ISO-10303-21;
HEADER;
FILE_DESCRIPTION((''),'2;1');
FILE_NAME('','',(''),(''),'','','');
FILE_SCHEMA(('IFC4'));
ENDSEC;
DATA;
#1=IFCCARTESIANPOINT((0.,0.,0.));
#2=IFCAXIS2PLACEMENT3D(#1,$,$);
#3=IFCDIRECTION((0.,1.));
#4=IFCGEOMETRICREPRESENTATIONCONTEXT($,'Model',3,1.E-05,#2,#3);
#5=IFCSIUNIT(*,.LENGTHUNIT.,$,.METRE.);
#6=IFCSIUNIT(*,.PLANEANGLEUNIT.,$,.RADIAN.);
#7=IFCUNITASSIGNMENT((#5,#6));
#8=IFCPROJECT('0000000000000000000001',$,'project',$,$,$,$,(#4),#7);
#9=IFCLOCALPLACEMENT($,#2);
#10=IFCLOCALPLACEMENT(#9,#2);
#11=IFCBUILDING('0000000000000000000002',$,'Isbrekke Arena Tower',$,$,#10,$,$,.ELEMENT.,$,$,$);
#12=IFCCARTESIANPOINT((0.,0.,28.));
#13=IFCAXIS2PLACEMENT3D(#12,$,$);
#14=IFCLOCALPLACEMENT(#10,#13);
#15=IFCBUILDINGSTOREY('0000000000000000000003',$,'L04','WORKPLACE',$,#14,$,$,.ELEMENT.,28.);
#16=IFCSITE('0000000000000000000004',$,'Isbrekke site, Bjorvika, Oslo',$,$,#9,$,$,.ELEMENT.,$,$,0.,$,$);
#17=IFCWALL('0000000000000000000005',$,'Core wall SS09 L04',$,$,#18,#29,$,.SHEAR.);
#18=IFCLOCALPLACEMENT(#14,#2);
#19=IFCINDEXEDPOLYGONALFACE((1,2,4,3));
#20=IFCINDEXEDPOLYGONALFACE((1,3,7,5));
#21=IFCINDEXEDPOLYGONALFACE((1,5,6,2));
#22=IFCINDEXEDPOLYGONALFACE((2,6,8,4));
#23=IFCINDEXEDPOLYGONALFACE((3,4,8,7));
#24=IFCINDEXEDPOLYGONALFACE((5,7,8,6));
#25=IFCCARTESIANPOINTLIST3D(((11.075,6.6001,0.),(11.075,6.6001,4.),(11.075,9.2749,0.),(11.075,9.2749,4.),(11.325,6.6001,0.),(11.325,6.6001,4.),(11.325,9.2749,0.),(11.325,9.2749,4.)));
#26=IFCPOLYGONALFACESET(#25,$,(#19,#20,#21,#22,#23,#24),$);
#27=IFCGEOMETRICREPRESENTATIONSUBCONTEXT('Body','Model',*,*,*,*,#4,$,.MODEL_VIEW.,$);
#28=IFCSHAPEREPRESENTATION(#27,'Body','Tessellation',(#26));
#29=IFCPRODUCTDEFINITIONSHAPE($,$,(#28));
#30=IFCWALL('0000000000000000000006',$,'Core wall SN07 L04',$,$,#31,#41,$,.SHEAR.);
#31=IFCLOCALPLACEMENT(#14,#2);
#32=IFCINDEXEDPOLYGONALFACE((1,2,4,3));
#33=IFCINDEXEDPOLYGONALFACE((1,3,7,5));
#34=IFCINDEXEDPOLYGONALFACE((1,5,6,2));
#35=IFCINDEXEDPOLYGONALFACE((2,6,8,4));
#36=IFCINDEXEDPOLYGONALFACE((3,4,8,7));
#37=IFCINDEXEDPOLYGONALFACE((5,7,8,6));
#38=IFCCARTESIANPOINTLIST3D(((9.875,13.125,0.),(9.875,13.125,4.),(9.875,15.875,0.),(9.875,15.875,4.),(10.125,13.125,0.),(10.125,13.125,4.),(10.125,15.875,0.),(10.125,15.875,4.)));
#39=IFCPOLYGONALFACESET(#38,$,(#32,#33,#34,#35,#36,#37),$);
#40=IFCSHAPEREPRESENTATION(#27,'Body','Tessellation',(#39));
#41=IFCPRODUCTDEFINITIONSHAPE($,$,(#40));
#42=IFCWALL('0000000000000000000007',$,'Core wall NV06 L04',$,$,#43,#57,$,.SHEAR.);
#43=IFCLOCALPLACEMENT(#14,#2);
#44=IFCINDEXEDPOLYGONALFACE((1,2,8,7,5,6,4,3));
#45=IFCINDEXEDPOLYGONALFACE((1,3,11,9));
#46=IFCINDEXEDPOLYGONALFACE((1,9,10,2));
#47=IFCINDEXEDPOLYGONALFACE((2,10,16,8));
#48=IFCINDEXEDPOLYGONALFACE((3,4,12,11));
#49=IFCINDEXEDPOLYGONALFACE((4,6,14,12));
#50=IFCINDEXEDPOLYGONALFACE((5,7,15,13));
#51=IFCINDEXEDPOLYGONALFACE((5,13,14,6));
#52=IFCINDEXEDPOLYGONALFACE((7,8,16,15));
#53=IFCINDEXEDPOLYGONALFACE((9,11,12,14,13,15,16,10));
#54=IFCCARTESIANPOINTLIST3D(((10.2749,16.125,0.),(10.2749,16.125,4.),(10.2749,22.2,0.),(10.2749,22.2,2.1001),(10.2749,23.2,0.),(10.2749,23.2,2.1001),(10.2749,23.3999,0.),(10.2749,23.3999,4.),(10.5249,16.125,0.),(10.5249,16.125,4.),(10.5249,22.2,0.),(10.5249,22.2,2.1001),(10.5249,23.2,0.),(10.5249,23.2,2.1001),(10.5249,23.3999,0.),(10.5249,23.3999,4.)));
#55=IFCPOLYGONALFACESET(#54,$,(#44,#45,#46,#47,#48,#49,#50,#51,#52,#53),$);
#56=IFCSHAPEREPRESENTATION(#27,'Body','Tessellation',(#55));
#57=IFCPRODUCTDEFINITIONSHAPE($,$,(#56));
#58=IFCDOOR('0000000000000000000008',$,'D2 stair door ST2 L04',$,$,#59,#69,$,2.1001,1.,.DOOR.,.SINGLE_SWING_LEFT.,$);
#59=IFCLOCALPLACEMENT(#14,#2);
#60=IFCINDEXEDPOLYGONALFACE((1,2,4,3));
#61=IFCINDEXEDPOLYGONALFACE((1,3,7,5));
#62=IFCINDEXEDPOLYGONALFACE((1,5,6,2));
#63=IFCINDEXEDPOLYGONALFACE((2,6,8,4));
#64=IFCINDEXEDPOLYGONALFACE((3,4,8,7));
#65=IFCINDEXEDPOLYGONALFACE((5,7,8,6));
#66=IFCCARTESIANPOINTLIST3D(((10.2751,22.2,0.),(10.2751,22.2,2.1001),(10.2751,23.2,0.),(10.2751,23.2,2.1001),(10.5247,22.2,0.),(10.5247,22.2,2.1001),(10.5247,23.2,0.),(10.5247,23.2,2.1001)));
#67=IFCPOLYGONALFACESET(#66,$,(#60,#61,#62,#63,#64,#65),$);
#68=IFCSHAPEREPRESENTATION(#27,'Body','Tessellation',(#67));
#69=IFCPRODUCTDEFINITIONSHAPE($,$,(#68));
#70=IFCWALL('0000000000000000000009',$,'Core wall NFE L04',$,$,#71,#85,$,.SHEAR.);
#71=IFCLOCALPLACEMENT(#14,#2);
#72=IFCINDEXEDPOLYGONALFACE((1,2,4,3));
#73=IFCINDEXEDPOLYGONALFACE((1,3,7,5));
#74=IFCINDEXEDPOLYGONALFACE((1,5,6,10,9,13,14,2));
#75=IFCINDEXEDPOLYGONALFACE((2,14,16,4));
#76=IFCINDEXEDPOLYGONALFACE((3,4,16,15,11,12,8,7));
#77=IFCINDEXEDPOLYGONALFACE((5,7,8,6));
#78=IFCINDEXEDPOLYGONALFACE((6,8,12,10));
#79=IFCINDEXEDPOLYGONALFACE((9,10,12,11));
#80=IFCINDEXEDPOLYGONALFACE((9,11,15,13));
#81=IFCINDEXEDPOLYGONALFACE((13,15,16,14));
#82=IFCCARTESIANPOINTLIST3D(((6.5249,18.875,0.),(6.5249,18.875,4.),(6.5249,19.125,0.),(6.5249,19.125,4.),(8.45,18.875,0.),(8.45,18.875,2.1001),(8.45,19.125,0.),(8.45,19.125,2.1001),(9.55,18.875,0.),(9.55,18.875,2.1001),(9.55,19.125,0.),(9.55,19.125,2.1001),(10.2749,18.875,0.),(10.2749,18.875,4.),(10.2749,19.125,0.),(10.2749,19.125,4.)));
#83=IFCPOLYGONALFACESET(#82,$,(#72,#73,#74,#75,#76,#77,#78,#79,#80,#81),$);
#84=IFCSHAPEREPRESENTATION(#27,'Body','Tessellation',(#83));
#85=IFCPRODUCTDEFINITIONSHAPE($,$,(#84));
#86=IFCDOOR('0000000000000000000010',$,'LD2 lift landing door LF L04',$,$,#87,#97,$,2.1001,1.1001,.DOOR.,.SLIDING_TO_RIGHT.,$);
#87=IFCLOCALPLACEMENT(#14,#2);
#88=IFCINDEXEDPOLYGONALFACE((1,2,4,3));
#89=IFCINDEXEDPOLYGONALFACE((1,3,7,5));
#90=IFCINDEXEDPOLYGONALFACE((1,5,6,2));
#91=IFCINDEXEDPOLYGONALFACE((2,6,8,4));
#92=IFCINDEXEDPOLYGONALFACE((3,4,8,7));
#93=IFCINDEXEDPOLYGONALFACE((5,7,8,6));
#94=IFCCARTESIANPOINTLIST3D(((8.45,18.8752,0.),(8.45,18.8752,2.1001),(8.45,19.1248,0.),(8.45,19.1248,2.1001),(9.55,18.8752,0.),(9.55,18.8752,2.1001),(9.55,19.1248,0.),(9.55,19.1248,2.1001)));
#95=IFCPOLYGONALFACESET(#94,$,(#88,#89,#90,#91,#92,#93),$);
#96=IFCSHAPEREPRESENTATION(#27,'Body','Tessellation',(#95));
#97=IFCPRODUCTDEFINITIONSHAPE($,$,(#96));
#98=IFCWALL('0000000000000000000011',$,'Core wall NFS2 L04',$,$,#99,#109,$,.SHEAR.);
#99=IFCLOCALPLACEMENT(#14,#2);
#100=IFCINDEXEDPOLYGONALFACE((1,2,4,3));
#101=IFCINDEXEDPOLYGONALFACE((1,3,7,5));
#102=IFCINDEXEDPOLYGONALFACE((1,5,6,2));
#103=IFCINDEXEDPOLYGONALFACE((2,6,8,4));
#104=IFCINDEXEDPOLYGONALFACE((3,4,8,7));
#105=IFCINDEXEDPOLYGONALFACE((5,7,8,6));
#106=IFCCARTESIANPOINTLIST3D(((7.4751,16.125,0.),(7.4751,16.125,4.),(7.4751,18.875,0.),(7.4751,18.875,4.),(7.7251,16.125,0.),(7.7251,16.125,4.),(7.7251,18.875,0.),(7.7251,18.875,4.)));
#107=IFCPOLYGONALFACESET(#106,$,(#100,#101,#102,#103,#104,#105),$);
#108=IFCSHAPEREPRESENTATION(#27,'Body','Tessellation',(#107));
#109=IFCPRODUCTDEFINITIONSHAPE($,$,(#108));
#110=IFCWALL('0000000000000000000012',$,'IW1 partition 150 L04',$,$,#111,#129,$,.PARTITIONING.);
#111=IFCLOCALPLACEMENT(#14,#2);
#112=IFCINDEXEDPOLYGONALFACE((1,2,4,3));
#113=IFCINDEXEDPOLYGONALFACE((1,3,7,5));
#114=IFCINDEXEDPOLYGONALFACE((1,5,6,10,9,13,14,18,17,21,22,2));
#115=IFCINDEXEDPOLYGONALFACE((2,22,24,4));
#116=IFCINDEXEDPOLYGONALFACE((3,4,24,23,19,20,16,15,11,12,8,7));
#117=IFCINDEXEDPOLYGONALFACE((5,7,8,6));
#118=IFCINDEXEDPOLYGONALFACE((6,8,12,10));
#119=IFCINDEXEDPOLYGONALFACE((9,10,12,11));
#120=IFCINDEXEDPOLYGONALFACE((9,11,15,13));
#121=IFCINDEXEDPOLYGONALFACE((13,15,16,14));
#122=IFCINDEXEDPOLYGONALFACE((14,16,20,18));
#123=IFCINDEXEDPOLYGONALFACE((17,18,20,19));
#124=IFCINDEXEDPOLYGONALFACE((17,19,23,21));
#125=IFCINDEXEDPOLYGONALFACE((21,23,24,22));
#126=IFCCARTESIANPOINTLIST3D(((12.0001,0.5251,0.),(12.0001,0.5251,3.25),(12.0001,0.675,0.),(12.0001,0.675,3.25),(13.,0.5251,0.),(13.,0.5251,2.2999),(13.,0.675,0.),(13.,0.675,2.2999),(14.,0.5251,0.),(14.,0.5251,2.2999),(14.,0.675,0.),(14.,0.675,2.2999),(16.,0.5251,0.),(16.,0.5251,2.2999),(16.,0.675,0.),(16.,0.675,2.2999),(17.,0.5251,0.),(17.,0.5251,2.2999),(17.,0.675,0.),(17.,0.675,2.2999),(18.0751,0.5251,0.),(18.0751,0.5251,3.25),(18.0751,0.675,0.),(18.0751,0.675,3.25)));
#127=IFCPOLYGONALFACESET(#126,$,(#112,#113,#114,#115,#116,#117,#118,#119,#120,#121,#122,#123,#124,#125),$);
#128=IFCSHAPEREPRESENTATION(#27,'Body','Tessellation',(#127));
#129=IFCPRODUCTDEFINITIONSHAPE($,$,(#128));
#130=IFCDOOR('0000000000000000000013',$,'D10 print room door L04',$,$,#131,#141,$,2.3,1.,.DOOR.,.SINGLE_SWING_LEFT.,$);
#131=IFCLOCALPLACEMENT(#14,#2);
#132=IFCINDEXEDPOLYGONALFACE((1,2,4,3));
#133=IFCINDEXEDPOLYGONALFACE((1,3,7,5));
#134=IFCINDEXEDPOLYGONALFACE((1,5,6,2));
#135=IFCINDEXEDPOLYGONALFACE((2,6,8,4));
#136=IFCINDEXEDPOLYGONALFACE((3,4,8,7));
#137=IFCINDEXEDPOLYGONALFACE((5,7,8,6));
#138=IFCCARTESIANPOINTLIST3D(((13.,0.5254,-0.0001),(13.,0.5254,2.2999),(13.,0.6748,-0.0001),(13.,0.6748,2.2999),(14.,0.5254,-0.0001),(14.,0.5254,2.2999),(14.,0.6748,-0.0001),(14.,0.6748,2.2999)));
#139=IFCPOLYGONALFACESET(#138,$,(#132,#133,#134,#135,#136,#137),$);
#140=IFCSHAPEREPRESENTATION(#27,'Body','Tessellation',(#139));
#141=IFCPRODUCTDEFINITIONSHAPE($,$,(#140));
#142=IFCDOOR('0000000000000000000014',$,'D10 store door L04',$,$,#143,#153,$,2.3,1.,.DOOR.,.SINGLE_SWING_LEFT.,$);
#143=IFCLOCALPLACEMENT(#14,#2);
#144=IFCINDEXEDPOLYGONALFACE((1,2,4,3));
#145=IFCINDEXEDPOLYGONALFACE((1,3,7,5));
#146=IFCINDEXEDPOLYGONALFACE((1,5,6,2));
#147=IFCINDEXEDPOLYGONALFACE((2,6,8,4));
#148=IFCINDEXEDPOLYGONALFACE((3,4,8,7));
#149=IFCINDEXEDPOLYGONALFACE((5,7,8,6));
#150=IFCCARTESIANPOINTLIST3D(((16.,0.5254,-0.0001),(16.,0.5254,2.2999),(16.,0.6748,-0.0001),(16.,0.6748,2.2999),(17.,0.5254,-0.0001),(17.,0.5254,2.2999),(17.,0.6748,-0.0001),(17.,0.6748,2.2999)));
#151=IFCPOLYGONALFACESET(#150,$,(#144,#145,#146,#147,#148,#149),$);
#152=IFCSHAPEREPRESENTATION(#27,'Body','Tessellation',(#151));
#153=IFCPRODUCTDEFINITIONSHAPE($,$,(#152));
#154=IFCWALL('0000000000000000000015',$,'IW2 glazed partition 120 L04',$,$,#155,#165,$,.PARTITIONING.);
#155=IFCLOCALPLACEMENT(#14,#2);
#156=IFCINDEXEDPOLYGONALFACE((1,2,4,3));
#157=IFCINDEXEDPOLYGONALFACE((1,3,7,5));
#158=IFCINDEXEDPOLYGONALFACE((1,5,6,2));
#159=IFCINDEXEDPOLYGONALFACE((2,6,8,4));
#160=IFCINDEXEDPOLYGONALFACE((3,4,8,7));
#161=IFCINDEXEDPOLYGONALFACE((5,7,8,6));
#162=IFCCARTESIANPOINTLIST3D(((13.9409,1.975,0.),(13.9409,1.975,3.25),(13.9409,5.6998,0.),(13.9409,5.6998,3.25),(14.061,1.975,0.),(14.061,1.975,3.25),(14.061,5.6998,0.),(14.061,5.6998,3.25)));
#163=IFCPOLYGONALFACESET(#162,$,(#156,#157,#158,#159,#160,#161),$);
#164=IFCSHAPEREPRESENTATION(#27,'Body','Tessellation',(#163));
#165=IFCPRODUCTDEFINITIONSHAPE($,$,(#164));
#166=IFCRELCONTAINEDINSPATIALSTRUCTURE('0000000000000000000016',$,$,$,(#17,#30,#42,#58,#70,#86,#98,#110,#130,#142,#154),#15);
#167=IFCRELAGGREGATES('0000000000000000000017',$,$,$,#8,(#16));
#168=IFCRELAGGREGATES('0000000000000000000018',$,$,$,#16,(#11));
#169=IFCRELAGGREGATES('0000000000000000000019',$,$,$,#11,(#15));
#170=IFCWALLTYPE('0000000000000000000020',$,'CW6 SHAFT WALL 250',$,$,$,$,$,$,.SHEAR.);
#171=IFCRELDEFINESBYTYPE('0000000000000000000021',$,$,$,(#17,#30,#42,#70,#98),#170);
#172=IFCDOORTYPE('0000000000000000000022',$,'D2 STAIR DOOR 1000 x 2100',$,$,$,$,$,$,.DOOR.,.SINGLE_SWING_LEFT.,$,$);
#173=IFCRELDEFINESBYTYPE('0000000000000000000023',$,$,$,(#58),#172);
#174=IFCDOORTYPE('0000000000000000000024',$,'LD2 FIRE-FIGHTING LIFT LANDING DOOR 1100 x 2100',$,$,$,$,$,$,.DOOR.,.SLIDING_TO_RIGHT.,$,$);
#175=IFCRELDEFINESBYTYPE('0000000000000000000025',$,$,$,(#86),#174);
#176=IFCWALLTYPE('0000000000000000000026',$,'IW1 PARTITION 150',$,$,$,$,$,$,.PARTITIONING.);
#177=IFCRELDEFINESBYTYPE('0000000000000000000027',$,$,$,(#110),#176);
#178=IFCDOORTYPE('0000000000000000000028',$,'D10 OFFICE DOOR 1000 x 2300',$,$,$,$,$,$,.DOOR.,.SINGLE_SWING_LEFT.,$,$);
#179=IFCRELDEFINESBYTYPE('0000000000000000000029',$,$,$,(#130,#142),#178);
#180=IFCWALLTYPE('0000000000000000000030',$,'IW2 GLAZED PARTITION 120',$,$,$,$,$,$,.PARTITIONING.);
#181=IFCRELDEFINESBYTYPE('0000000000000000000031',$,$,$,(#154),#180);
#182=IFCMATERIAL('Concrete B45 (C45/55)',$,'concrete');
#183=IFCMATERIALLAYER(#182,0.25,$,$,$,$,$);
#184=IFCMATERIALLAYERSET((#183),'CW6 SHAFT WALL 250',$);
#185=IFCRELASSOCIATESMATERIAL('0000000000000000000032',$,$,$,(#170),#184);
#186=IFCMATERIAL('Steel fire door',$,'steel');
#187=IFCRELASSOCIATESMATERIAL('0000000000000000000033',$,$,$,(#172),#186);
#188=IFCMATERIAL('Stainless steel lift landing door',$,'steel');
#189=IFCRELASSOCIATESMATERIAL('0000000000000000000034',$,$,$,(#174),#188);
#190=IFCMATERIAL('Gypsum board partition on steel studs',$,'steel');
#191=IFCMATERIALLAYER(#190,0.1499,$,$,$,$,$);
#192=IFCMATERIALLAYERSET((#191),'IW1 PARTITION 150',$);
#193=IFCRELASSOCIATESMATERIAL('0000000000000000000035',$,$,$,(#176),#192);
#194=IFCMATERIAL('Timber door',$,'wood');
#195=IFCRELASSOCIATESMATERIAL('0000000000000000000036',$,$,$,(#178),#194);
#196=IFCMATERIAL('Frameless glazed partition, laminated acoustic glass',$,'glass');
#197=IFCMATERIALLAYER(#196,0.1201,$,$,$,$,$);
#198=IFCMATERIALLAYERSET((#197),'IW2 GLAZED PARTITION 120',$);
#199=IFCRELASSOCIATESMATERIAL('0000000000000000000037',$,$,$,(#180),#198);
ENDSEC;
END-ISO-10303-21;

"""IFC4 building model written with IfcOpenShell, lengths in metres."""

from ifc_helpers import new_model, si_unit, direction, frame, frame_2d, origin, place, context, subcontext, project, spatial, rectangle, extrude, material, layer, layer_set, type_object, element, fill, save


model = new_model("IFC4")

# Units and contexts
model_context = context("Model", 3, precision=1e-05, world=origin(), true_north=direction((0.0, 1.0)))
body_context = subcontext(model_context, "Body", "Model", "MODEL_VIEW")
ifc_project = project(units=[si_unit("LENGTHUNIT", "METRE"), si_unit("PLANEANGLEUNIT", "RADIAN")], contexts=[model_context])

# Site, building, storey
site_placement = place(None, origin())
site = spatial("IfcSite", under=ifc_project, at=site_placement, Name="Isbrekke site, Bjorvika, Oslo", CompositionType="ELEMENT", RefElevation=0.0)
building_placement = place(site_placement, origin())
building = spatial("IfcBuilding", under=site, at=building_placement, Name="Isbrekke Arena Tower", CompositionType="ELEMENT")
storey_placement = place(building_placement, frame((0.0, 0.0, 28.0)))
storey = spatial("IfcBuildingStorey", under=building, at=storey_placement, Name="L04", Description="WORKPLACE", CompositionType="ELEMENT", Elevation=28.0)

# Walls
ifc_material_1 = material(Name="Concrete B45 (C45/55)", Category="concrete")
ifc_layer_1 = layer(ifc_material_1, 0.25)
ifc_layer_set_1 = layer_set([ifc_layer_1], Name="CW6 SHAFT WALL 250")
wall_type_1 = type_object("IfcWallType", Name="CW6 SHAFT WALL 250", PredefinedType="SHEAR", material=ifc_layer_set_1)
for number, where, z_axis, x_axis, name in (
    (1, (11.2, 6.6001, 0.0), (0.0, 0.0, 1.0), (0.0, 1.0, 0.0), "Core wall SS09 L04"),
):
    element("IfcWall", number, at=place(storey_placement, frame(where, z_axis=z_axis, x_axis=x_axis)), inside=storey, type_object=wall_type_1, Name=name, PredefinedType="SHEAR", context=body_context, shape_type="SweptSolid", body=[
        extrude(rectangle(XDim=2.6748, YDim=0.25, at=frame_2d((1.3374, 0.0))), origin(), (0.0, 0.0, 1.0), 4.0),
    ])
wall_1_placement = place(storey_placement, frame((10.0, 13.125, 0.0), z_axis=(0.0, 0.0, 1.0), x_axis=(0.0, 1.0, 0.0)))
element("IfcWall", 2, at=wall_1_placement, inside=storey, type_object=wall_type_1, Name="Core wall SN07 L04", PredefinedType="SHEAR", context=body_context, shape_type="SweptSolid", body=[
    extrude(rectangle(XDim=2.75, YDim=0.25, at=frame_2d((1.375, 0.0))), origin(), (0.0, 0.0, 1.0), 4.0),
])

# Walls, openings, doors
wall_2_placement = place(storey_placement, frame((10.3999, 16.125, 0.0), z_axis=(0.0, 0.0, 1.0), x_axis=(0.0, 1.0, 0.0)))
wall_2 = element("IfcWall", 3, at=wall_2_placement, inside=storey, type_object=wall_type_1, Name="Core wall NV06 L04", PredefinedType="SHEAR", context=body_context, shape_type="SweptSolid", body=[
    extrude(rectangle(XDim=7.2749, YDim=0.25, at=frame_2d((3.6375, 0.0))), origin(), (0.0, 0.0, 1.0), 4.0),
])
opening_1_placement = place(wall_2_placement, frame((6.075, 0.0, 0.0)))
opening_1 = element("IfcOpeningElement", 4, at=opening_1_placement, cuts=wall_2, PredefinedType="OPENING", context=body_context, shape_type="SweptSolid", body=[
    extrude(rectangle(XDim=1.0, YDim=2.1001, at=frame_2d((0.5, 1.05))), frame((0.0, 0.1399, 0.0), z_axis=(0.0, -1.0, 0.0), x_axis=(1.0, 0.0, 0.0)), (0.0, 0.0, 1.0), 0.2798),
])
ifc_material_2 = material(Name="Steel fire door", Category="steel")
door_type_1 = type_object("IfcDoorType", Name="D2 STAIR DOOR 1000 x 2100", OperationType="SINGLE_SWING_LEFT", PredefinedType="DOOR", material=ifc_material_2)
door_1_placement = place(opening_1_placement, origin())
door_1 = element("IfcDoor", 5, at=door_1_placement, inside=storey, type_object=door_type_1, Name="D2 stair door ST2 L04", OperationType="SINGLE_SWING_LEFT", OverallHeight=2.1001, OverallWidth=1.0, PredefinedType="DOOR", context=body_context, shape_type="SweptSolid", body=[
    extrude(rectangle(XDim=1.0, YDim=2.1001, at=frame_2d((0.5, 1.05))), frame((0.0, 0.1248, 0.0), z_axis=(0.0, -1.0, 0.0), x_axis=(1.0, 0.0, 0.0)), (0.0, 0.0, 1.0), 0.2495),
])
fill(opening_1, door_1)
wall_3_placement = place(storey_placement, frame((6.5249, 19.0, 0.0), z_axis=(0.0, 0.0, 1.0), x_axis=(1.0, 0.0, 0.0)))
wall_3 = element("IfcWall", 6, at=wall_3_placement, inside=storey, type_object=wall_type_1, Name="Core wall NFE L04", PredefinedType="SHEAR", context=body_context, shape_type="SweptSolid", body=[
    extrude(rectangle(XDim=3.75, YDim=0.25, at=frame_2d((1.875, 0.0))), origin(), (0.0, 0.0, 1.0), 4.0),
])
opening_2_placement = place(wall_3_placement, frame((1.925, 0.0, 0.0)))
opening_2 = element("IfcOpeningElement", 7, at=opening_2_placement, cuts=wall_3, PredefinedType="OPENING", context=body_context, shape_type="SweptSolid", body=[
    extrude(rectangle(XDim=1.1001, YDim=2.1001, at=frame_2d((0.55, 1.05))), frame((0.0, 0.1399, 0.0), z_axis=(0.0, -1.0, 0.0), x_axis=(1.0, 0.0, 0.0)), (0.0, 0.0, 1.0), 0.2798),
])
ifc_material_3 = material(Name="Stainless steel lift landing door", Category="steel")
door_type_2 = type_object("IfcDoorType", Name="LD2 FIRE-FIGHTING LIFT LANDING DOOR 1100 x 2100", OperationType="SLIDING_TO_RIGHT", PredefinedType="DOOR", material=ifc_material_3)
door_2_placement = place(opening_2_placement, origin())
door_2 = element("IfcDoor", 8, at=door_2_placement, inside=storey, type_object=door_type_2, Name="LD2 lift landing door LF L04", OperationType="SLIDING_TO_RIGHT", OverallHeight=2.1001, OverallWidth=1.1001, PredefinedType="DOOR", context=body_context, shape_type="SweptSolid", body=[
    extrude(rectangle(XDim=1.1001, YDim=2.1001, at=frame_2d((0.55, 1.05))), frame((0.0, 0.1248, 0.0), z_axis=(0.0, -1.0, 0.0), x_axis=(1.0, 0.0, 0.0)), (0.0, 0.0, 1.0), 0.2495),
])
fill(opening_2, door_2)

# Wall
wall_4_placement = place(storey_placement, frame((7.6001, 16.125, 0.0), z_axis=(0.0, 0.0, 1.0), x_axis=(0.0, 1.0, 0.0)))
element("IfcWall", 9, at=wall_4_placement, inside=storey, type_object=wall_type_1, Name="Core wall NFS2 L04", PredefinedType="SHEAR", context=body_context, shape_type="SweptSolid", body=[
    extrude(rectangle(XDim=2.75, YDim=0.25, at=frame_2d((1.375, 0.0))), origin(), (0.0, 0.0, 1.0), 4.0),
])

# Wall, openings, doors
ifc_material_4 = material(Name="Gypsum board partition on steel studs", Category="steel")
ifc_layer_2 = layer(ifc_material_4, 0.1499)
ifc_layer_set_2 = layer_set([ifc_layer_2], Name="IW1 PARTITION 150")
wall_type_2 = type_object("IfcWallType", Name="IW1 PARTITION 150", PredefinedType="PARTITIONING", material=ifc_layer_set_2)
wall_5_placement = place(storey_placement, frame((12.0, 0.6001, 0.0), z_axis=(0.0, 0.0, 1.0), x_axis=(1.0, 0.0, 0.0)))
wall_5 = element("IfcWall", 10, at=wall_5_placement, inside=storey, type_object=wall_type_2, Name="IW1 partition 150 L04", PredefinedType="PARTITIONING", context=body_context, shape_type="SweptSolid", body=[
    extrude(rectangle(XDim=6.075, YDim=0.1499, at=frame_2d((3.0376, 0.0))), origin(), (0.0, 0.0, 1.0), 3.25),
])
opening_3_placement = place(wall_5_placement, frame((1.0, 0.0, 0.0)))
opening_3 = element("IfcOpeningElement", 11, at=opening_3_placement, cuts=wall_5, PredefinedType="OPENING", context=body_context, shape_type="SweptSolid", body=[
    extrude(rectangle(XDim=1.0, YDim=2.3, at=frame_2d((0.5, 1.1499))), frame((0.0, 0.0898, 0.0), z_axis=(0.0, -1.0, 0.0), x_axis=(1.0, 0.0, 0.0)), (0.0, 0.0, 1.0), 0.1797),
])
opening_4_placement = place(wall_5_placement, frame((4.0, 0.0, 0.0)))
opening_4 = element("IfcOpeningElement", 12, at=opening_4_placement, cuts=wall_5, PredefinedType="OPENING", context=body_context, shape_type="SweptSolid", body=[
    extrude(rectangle(XDim=1.0, YDim=2.3, at=frame_2d((0.5, 1.1499))), frame((0.0, 0.0898, 0.0), z_axis=(0.0, -1.0, 0.0), x_axis=(1.0, 0.0, 0.0)), (0.0, 0.0, 1.0), 0.1797),
])
ifc_material_5 = material(Name="Timber door", Category="wood")
door_type_3 = type_object("IfcDoorType", Name="D10 OFFICE DOOR 1000 x 2300", OperationType="SINGLE_SWING_LEFT", PredefinedType="DOOR", material=ifc_material_5)
door_3_placement = place(opening_3_placement, origin())
door_3 = element("IfcDoor", 13, at=door_3_placement, inside=storey, type_object=door_type_3, Name="D10 print room door L04", OperationType="SINGLE_SWING_LEFT", OverallHeight=2.3, OverallWidth=1.0, PredefinedType="DOOR", context=body_context, shape_type="SweptSolid", body=[
    extrude(rectangle(XDim=1.0, YDim=2.3, at=frame_2d((0.5, 1.1499))), frame((0.0, 0.0747, 0.0), z_axis=(0.0, -1.0, 0.0), x_axis=(1.0, 0.0, 0.0)), (0.0, 0.0, 1.0), 0.1494),
])
fill(opening_3, door_3)
door_4_placement = place(opening_4_placement, origin())
door_4 = element("IfcDoor", 14, at=door_4_placement, inside=storey, type_object=door_type_3, Name="D10 store door L04", OperationType="SINGLE_SWING_LEFT", OverallHeight=2.3, OverallWidth=1.0, PredefinedType="DOOR", context=body_context, shape_type="SweptSolid", body=[
    extrude(rectangle(XDim=1.0, YDim=2.3, at=frame_2d((0.5, 1.1499))), frame((0.0, 0.0747, 0.0), z_axis=(0.0, -1.0, 0.0), x_axis=(1.0, 0.0, 0.0)), (0.0, 0.0, 1.0), 0.1494),
])
fill(opening_4, door_4)

# Wall
ifc_material_6 = material(Name="Frameless glazed partition, laminated acoustic glass", Category="glass")
ifc_layer_3 = layer(ifc_material_6, 0.1201)
ifc_layer_set_3 = layer_set([ifc_layer_3], Name="IW2 GLAZED PARTITION 120")
wall_type_3 = type_object("IfcWallType", Name="IW2 GLAZED PARTITION 120", PredefinedType="PARTITIONING", material=ifc_layer_set_3)
wall_6_placement = place(storey_placement, frame((14.001, 1.9751, 0.0), z_axis=(0.0, 0.0, 1.0), x_axis=(0.0, 1.0, 0.0)))
element("IfcWall", 15, at=wall_6_placement, inside=storey, type_object=wall_type_3, Name="IW2 glazed partition 120 L04", PredefinedType="PARTITIONING", context=body_context, shape_type="SweptSolid", body=[
    extrude(rectangle(XDim=3.7249, YDim=0.1201, at=frame_2d((1.8623, 0.0))), origin(), (0.0, 0.0, 1.0), 3.25),
])

save(model, "model.ifc")
